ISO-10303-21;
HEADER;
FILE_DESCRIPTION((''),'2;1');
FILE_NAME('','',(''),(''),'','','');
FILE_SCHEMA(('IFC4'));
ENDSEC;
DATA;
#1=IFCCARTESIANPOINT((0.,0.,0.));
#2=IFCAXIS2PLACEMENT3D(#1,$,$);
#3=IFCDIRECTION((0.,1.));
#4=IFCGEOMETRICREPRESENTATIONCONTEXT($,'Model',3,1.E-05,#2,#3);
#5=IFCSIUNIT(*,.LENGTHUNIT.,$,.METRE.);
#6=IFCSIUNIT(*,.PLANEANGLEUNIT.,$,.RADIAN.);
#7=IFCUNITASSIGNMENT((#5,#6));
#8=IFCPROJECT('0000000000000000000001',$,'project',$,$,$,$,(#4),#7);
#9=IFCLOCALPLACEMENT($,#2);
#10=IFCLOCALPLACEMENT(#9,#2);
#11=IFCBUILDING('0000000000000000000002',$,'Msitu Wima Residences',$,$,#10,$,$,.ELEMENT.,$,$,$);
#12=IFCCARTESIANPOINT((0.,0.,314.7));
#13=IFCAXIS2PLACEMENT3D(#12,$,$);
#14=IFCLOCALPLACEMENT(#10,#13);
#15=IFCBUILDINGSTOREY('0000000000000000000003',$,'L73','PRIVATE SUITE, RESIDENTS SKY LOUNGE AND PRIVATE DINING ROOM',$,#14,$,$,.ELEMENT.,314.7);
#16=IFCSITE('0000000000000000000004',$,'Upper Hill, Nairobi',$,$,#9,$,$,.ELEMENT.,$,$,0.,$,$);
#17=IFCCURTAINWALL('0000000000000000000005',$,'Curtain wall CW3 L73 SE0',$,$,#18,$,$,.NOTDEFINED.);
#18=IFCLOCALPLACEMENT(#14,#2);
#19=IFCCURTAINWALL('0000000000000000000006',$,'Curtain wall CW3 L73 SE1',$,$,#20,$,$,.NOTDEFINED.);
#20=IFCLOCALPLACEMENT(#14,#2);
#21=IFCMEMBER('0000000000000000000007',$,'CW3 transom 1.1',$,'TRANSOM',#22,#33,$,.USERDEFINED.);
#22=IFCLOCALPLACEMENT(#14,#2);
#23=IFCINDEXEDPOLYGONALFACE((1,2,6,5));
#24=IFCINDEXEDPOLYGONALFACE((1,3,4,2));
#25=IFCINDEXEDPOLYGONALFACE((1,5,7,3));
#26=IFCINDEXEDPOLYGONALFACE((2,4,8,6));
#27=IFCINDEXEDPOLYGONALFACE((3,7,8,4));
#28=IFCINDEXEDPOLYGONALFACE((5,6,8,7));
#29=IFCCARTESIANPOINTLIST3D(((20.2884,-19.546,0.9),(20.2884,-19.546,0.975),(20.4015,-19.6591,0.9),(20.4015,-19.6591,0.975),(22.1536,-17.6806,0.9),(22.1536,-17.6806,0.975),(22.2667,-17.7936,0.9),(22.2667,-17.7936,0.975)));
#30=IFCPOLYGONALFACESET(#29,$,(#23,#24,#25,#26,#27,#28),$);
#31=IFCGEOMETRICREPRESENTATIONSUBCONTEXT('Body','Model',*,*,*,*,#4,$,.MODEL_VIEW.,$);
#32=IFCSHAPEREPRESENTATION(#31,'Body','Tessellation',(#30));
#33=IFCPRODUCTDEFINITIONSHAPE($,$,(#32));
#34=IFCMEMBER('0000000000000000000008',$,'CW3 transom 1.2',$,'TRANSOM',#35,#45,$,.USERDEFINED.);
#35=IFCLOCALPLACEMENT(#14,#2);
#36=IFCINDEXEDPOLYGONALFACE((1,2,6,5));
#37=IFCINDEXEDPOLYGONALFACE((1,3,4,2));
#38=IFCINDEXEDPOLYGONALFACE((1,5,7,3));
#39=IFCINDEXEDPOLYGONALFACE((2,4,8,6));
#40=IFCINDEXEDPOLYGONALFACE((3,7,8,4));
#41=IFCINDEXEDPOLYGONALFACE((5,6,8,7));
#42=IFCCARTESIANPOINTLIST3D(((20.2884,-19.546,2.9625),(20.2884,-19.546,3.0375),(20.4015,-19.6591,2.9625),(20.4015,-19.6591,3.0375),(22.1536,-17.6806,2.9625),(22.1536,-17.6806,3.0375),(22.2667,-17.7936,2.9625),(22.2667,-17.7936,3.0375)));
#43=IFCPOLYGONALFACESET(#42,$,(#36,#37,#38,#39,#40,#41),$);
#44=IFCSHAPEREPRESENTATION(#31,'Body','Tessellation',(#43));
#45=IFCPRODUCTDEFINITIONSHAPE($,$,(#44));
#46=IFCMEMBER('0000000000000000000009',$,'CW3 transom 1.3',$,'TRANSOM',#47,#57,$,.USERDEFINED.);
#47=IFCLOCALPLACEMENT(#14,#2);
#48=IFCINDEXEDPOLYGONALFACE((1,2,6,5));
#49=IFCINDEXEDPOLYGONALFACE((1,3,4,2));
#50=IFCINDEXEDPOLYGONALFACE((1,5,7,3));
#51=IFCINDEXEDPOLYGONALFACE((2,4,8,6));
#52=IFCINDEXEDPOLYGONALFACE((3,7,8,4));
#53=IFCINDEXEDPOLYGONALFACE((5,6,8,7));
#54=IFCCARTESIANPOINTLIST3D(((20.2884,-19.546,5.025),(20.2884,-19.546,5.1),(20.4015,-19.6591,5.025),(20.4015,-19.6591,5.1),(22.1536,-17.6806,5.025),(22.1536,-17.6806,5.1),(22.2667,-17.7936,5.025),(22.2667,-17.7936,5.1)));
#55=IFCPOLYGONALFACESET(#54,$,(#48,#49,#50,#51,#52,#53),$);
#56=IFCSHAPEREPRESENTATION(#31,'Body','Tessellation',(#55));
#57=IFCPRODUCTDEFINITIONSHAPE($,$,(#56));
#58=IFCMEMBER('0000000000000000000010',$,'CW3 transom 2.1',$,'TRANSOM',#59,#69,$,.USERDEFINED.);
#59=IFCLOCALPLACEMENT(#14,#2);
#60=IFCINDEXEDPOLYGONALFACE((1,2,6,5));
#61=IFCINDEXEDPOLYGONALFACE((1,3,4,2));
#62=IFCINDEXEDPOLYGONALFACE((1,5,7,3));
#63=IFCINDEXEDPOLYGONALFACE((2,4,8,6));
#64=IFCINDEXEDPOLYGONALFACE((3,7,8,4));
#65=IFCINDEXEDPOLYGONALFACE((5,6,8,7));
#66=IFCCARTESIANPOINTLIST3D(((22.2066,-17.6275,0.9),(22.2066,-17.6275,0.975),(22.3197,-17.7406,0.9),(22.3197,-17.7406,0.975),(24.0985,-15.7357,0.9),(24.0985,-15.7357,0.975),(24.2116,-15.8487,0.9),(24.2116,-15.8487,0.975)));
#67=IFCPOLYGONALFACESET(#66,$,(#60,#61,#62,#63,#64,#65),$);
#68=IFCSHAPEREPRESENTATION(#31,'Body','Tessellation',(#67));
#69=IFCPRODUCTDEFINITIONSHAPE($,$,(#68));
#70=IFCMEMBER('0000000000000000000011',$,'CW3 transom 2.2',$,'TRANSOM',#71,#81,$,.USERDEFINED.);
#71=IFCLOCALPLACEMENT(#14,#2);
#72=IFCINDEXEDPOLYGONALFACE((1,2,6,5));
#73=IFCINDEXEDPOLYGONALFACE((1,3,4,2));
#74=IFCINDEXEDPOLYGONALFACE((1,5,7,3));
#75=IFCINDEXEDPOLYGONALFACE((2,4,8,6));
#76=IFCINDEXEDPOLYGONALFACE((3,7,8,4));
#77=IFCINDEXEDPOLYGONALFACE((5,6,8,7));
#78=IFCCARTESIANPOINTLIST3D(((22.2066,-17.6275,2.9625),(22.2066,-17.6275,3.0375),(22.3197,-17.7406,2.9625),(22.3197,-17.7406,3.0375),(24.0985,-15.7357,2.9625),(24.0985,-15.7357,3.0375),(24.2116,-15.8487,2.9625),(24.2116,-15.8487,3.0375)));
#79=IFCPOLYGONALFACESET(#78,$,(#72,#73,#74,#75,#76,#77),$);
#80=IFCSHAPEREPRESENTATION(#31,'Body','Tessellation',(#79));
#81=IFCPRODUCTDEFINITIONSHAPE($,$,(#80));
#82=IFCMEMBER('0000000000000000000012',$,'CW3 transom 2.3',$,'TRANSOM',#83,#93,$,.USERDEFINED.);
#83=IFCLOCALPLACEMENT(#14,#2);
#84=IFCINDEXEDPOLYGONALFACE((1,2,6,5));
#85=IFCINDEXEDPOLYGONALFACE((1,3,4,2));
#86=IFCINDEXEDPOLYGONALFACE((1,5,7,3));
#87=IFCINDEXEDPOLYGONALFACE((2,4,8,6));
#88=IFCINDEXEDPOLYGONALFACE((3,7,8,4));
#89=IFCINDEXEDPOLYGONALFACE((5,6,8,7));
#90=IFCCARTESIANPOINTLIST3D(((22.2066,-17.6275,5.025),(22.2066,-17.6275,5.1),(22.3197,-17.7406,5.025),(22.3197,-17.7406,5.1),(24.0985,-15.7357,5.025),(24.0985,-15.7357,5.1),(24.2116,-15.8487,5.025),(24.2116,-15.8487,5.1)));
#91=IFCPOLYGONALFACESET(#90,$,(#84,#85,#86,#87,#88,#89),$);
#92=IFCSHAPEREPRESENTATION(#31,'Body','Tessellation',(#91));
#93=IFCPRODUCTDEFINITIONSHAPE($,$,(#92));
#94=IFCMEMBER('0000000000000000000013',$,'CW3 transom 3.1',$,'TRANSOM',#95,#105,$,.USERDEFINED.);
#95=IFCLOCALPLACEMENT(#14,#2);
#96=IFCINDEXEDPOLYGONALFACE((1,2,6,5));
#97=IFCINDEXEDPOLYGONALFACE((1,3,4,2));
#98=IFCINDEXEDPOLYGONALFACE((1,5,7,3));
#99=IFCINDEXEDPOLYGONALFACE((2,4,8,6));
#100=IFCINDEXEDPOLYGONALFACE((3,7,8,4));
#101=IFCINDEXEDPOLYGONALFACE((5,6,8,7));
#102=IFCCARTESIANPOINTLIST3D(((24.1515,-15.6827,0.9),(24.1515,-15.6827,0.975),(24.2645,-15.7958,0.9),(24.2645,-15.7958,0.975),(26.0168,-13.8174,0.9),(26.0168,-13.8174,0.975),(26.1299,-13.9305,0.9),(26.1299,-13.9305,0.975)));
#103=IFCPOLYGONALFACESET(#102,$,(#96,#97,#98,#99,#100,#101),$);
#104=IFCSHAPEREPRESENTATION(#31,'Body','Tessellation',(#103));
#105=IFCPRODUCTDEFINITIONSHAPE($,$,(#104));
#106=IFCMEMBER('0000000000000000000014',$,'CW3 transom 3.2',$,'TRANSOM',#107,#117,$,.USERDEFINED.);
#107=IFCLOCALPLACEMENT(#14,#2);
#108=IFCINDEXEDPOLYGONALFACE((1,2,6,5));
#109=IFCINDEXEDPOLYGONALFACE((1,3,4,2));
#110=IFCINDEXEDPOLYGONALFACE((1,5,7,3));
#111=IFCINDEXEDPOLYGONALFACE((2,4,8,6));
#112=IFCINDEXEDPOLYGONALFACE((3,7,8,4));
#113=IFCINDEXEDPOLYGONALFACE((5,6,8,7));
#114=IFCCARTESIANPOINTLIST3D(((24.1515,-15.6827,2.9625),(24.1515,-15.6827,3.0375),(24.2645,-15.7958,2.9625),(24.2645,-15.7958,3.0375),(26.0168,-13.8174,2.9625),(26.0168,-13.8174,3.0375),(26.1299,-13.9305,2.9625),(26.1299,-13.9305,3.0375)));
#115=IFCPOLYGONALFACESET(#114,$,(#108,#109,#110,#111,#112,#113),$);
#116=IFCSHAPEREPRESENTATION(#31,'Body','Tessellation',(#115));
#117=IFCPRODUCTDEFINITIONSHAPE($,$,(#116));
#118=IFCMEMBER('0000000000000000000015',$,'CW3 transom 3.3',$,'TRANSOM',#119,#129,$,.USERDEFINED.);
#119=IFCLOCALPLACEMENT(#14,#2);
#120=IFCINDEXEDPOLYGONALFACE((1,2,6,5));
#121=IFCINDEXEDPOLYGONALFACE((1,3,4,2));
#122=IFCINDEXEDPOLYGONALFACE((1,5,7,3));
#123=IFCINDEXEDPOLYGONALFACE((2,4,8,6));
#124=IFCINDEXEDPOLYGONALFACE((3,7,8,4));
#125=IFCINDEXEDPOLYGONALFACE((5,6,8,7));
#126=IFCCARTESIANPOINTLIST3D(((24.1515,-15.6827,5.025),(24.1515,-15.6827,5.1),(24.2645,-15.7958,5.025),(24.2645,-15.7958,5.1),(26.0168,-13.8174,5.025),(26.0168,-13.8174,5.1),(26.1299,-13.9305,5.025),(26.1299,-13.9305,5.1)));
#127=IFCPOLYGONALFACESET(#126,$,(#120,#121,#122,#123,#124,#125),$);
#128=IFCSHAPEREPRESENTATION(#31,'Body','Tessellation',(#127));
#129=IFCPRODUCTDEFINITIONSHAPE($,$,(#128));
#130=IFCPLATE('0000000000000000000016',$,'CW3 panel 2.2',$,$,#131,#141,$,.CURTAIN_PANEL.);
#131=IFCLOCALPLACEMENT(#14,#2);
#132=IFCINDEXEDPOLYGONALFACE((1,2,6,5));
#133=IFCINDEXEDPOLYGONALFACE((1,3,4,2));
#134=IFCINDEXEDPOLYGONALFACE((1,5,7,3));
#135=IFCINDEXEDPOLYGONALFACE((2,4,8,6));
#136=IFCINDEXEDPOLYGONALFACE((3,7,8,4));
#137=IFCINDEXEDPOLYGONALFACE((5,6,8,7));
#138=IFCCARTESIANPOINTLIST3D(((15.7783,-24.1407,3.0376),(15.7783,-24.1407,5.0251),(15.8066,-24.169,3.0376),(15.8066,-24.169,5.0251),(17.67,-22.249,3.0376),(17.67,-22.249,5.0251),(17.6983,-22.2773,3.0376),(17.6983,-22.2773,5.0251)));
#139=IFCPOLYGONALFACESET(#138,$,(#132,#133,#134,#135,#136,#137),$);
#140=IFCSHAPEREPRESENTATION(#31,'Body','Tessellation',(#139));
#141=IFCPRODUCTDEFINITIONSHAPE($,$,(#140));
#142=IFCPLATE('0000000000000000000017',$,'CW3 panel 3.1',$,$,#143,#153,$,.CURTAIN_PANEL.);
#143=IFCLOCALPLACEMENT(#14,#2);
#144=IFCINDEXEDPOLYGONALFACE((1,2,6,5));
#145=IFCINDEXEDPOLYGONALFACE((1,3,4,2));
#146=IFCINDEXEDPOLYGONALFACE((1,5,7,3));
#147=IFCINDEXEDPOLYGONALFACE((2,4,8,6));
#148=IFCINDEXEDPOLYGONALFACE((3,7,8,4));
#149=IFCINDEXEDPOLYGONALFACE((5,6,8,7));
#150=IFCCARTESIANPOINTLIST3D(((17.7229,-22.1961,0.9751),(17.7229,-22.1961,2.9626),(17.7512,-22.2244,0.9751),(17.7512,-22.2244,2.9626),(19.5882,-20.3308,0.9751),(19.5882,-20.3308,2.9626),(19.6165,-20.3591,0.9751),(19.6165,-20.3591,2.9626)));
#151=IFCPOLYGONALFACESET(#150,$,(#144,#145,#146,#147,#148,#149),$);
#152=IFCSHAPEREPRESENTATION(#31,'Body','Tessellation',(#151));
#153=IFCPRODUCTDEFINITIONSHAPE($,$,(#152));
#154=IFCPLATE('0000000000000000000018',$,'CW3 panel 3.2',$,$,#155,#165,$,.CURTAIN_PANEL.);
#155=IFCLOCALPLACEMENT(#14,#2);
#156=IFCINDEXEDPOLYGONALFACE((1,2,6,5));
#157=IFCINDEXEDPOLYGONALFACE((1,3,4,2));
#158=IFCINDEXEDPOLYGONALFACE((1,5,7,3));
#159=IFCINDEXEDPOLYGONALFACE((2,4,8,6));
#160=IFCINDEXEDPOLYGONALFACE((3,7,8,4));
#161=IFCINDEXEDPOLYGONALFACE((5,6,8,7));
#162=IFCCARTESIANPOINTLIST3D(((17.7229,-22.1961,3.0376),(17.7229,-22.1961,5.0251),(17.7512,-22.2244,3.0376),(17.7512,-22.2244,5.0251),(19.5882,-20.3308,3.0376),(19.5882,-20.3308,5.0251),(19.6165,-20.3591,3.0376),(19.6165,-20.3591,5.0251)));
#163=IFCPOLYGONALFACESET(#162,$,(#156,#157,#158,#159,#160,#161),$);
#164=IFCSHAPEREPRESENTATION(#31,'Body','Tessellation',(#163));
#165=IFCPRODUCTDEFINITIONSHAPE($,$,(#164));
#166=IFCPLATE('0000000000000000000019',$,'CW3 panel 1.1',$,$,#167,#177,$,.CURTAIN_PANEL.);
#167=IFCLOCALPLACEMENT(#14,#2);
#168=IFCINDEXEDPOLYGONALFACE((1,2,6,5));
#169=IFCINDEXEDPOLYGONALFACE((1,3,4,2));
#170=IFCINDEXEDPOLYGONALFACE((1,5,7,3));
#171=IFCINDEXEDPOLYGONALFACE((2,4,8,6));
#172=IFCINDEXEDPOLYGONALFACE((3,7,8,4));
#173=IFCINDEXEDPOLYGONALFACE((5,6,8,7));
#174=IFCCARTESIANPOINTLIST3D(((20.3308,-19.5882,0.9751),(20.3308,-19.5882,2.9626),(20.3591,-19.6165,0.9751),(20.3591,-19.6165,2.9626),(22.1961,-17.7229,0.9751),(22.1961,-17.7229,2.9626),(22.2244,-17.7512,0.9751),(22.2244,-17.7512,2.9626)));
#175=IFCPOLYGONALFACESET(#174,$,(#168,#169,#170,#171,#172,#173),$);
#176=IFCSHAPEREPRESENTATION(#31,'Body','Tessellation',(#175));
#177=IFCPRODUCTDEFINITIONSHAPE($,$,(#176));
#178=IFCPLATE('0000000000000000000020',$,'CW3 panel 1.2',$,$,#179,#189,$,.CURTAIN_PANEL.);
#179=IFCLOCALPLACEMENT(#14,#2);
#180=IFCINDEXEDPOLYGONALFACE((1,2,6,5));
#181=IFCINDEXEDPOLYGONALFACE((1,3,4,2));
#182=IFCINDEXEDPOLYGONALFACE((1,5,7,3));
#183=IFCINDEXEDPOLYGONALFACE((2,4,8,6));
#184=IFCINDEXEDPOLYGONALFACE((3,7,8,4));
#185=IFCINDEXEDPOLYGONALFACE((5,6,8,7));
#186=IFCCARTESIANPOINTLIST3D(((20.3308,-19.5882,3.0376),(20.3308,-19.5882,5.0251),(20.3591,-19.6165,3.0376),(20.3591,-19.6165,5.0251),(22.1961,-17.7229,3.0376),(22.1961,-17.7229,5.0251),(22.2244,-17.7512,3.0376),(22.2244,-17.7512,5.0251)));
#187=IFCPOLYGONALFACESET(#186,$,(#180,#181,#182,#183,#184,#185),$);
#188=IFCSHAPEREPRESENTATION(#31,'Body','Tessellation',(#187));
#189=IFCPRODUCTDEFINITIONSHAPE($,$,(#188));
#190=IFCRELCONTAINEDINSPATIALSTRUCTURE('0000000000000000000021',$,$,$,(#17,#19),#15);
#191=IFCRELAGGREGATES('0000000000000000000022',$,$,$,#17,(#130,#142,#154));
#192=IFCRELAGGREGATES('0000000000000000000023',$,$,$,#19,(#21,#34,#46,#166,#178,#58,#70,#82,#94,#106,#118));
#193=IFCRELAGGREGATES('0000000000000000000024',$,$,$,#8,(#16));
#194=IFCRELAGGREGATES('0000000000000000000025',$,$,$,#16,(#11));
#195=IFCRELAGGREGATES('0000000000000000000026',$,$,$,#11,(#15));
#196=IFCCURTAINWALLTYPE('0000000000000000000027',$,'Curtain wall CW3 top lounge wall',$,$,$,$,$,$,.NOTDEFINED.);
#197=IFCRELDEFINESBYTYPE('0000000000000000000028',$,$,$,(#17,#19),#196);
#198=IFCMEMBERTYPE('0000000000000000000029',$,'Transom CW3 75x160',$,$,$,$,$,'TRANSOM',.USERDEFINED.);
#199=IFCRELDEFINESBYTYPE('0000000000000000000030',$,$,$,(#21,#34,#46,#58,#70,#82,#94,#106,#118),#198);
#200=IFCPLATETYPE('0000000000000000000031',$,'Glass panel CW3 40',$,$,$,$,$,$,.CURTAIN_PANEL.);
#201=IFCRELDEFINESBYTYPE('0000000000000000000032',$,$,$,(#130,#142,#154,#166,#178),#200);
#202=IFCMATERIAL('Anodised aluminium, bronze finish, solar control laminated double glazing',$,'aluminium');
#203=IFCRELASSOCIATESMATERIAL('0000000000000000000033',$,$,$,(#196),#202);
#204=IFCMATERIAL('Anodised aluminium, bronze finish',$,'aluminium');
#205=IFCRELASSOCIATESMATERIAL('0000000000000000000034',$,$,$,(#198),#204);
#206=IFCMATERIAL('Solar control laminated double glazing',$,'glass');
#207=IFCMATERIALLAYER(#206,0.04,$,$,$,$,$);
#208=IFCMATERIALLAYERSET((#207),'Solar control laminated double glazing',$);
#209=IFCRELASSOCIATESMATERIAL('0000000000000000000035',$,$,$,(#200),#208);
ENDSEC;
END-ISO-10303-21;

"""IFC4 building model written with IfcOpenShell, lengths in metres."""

from ifc_helpers import new_model, si_unit, direction, frame, origin, origin_2d, place, context, subcontext, project, spatial, rectangle, extrude, material, layer, layer_set, material_profile, profile_set, type_object, element, aggregate, save


model = new_model("IFC4")

# Units and contexts
model_context = context("Model", 3, precision=1e-05, world=origin(), true_north=direction((0.0, 1.0)))
body_context = subcontext(model_context, "Body", "Model", "MODEL_VIEW")
ifc_project = project(units=[si_unit("LENGTHUNIT", "METRE"), si_unit("PLANEANGLEUNIT", "RADIAN")], contexts=[model_context])

# Site, building, storey
site_placement = place(None, origin())
site = spatial("IfcSite", under=ifc_project, at=site_placement, Name="Upper Hill, Nairobi", CompositionType="ELEMENT", RefElevation=0.0)
building_placement = place(site_placement, origin())
building = spatial("IfcBuilding", under=site, at=building_placement, Name="Msitu Wima Residences", CompositionType="ELEMENT")
storey_placement = place(building_placement, frame((0.0, 0.0, 314.7)))
storey = spatial("IfcBuildingStorey", under=building, at=storey_placement, Name="L73", Description="PRIVATE SUITE, RESIDENTS SKY LOUNGE AND PRIVATE DINING ROOM", CompositionType="ELEMENT", Elevation=314.7)

# Curtain walls
ifc_material_1 = material(Name="Anodised aluminium, bronze finish, solar control laminated double glazing", Category="aluminium")
curtain_wall_type = type_object("IfcCurtainWallType", Name="Curtain wall CW3 top lounge wall", PredefinedType="NOTDEFINED", material=ifc_material_1)
curtain_wall_1_placement = place(storey_placement, origin())
curtain_wall_1 = element("IfcCurtainWall", 1, at=curtain_wall_1_placement, inside=storey, type_object=curtain_wall_type, Name="Curtain wall CW3 L73 SE0", PredefinedType="NOTDEFINED")
ifc_material_2 = material(Name="Anodised aluminium, bronze finish", Category="aluminium")
curtain_wall_2_placement = place(storey_placement, origin())
curtain_wall_2 = element("IfcCurtainWall", 2, at=curtain_wall_2_placement, inside=storey, type_object=curtain_wall_type, Name="Curtain wall CW3 L73 SE1", PredefinedType="NOTDEFINED")

# Members
ifc_material_profile_1 = material_profile(ifc_material_2, rectangle(XDim=0.1599, YDim=0.075, at=origin_2d()), Name="Transom 75x160")
ifc_profile_set_1 = profile_set([ifc_material_profile_1], Name="Anodised aluminium, bronze finish")
member_type_1 = type_object("IfcMemberType", Name="Transom CW3 75x160", ElementType="TRANSOM", PredefinedType="USERDEFINED", material=ifc_profile_set_1)
member_1_placement = place(storey_placement, frame((20.345, -19.6025, 0.9375), z_axis=(0.707061, 0.707153, 0.0), x_axis=(-0.707153, 0.707061, 0.0)))
member_1 = element("IfcMember", 3, at=member_1_placement, type_object=member_type_1, Name="CW3 transom 1.1", ObjectType="TRANSOM", PredefinedType="USERDEFINED", context=body_context, shape_type="SweptSolid", body=[
    extrude(rectangle(XDim=0.1599, YDim=0.075, at=origin_2d()), origin(), (0.0, 0.0, 1.0), 2.6379),
])
member_2_placement = place(storey_placement, frame((20.345, -19.6025, 3.0), z_axis=(0.707061, 0.707153, 0.0), x_axis=(-0.707153, 0.707061, 0.0)))
member_2 = element("IfcMember", 4, at=member_2_placement, type_object=member_type_1, Name="CW3 transom 1.2", ObjectType="TRANSOM", PredefinedType="USERDEFINED", context=body_context, shape_type="SweptSolid", body=[
    extrude(rectangle(XDim=0.1599, YDim=0.075, at=origin_2d()), origin(), (0.0, 0.0, 1.0), 2.6379),
])
member_3_placement = place(storey_placement, frame((20.345, -19.6025, 5.0625), z_axis=(0.707061, 0.707153, 0.0), x_axis=(-0.707153, 0.707061, 0.0)))
member_3 = element("IfcMember", 5, at=member_3_placement, type_object=member_type_1, Name="CW3 transom 1.3", ObjectType="TRANSOM", PredefinedType="USERDEFINED", context=body_context, shape_type="SweptSolid", body=[
    extrude(rectangle(XDim=0.1599, YDim=0.075, at=origin_2d()), origin(), (0.0, 0.0, 1.0), 2.6379),
])
member_4_placement = place(storey_placement, frame((22.2632, -17.6841, 0.9375), z_axis=(0.707107, 0.707107, 0.0), x_axis=(-0.707107, 0.707107, 0.0)))
member_4 = element("IfcMember", 6, at=member_4_placement, type_object=member_type_1, Name="CW3 transom 2.1", ObjectType="TRANSOM", PredefinedType="USERDEFINED", context=body_context, shape_type="SweptSolid", body=[
    extrude(rectangle(XDim=0.1599, YDim=0.075, at=origin_2d()), origin(), (0.0, 0.0, 1.0), 2.6755),
])
member_5_placement = place(storey_placement, frame((22.2632, -17.6841, 3.0), z_axis=(0.707107, 0.707107, 0.0), x_axis=(-0.707107, 0.707107, 0.0)))
member_5 = element("IfcMember", 7, at=member_5_placement, type_object=member_type_1, Name="CW3 transom 2.2", ObjectType="TRANSOM", PredefinedType="USERDEFINED", context=body_context, shape_type="SweptSolid", body=[
    extrude(rectangle(XDim=0.1599, YDim=0.075, at=origin_2d()), origin(), (0.0, 0.0, 1.0), 2.6755),
])
member_6_placement = place(storey_placement, frame((22.2632, -17.6841, 5.0625), z_axis=(0.707107, 0.707107, 0.0), x_axis=(-0.707107, 0.707107, 0.0)))
member_6 = element("IfcMember", 8, at=member_6_placement, type_object=member_type_1, Name="CW3 transom 2.3", ObjectType="TRANSOM", PredefinedType="USERDEFINED", context=body_context, shape_type="SweptSolid", body=[
    extrude(rectangle(XDim=0.1599, YDim=0.075, at=origin_2d()), origin(), (0.0, 0.0, 1.0), 2.6755),
])
member_7_placement = place(storey_placement, frame((24.208, -15.7393, 0.9375), z_axis=(0.707107, 0.707107, 0.0), x_axis=(-0.707107, 0.707107, 0.0)))
member_7 = element("IfcMember", 9, at=member_7_placement, type_object=member_type_1, Name="CW3 transom 3.1", ObjectType="TRANSOM", PredefinedType="USERDEFINED", context=body_context, shape_type="SweptSolid", body=[
    extrude(rectangle(XDim=0.1599, YDim=0.075, at=origin_2d()), origin(), (0.0, 0.0, 1.0), 2.6379),
])
member_8_placement = place(storey_placement, frame((24.208, -15.7393, 3.0), z_axis=(0.707107, 0.707107, 0.0), x_axis=(-0.707107, 0.707107, 0.0)))
member_8 = element("IfcMember", 10, at=member_8_placement, type_object=member_type_1, Name="CW3 transom 3.2", ObjectType="TRANSOM", PredefinedType="USERDEFINED", context=body_context, shape_type="SweptSolid", body=[
    extrude(rectangle(XDim=0.1599, YDim=0.075, at=origin_2d()), origin(), (0.0, 0.0, 1.0), 2.6379),
])
member_9_placement = place(storey_placement, frame((24.208, -15.7393, 5.0625), z_axis=(0.707107, 0.707107, 0.0), x_axis=(-0.707107, 0.707107, 0.0)))
member_9 = element("IfcMember", 11, at=member_9_placement, type_object=member_type_1, Name="CW3 transom 3.3", ObjectType="TRANSOM", PredefinedType="USERDEFINED", context=body_context, shape_type="SweptSolid", body=[
    extrude(rectangle(XDim=0.1599, YDim=0.075, at=origin_2d()), origin(), (0.0, 0.0, 1.0), 2.6379),
])

# Plates
ifc_material_3 = material(Name="Solar control laminated double glazing", Category="glass")
ifc_layer_1 = layer(ifc_material_3, 0.04)
ifc_layer_set_1 = layer_set([ifc_layer_1], Name="Solar control laminated double glazing")
plate_type = type_object("IfcPlateType", Name="Glass panel CW3 40", PredefinedType="CURTAIN_PANEL", material=ifc_layer_set_1)
plate_1_placement = place(storey_placement, frame((16.7383, -23.209, 3.0376), z_axis=(0.0, 0.0, 1.0), x_axis=(0.707107, 0.707107, 0.0)))
plate_1 = element("IfcPlate", 12, at=plate_1_placement, type_object=plate_type, Name="CW3 panel 2.2", PredefinedType="CURTAIN_PANEL", context=body_context, shape_type="SweptSolid", body=[
    extrude(rectangle(XDim=2.6753, YDim=0.04, at=origin_2d()), origin(), (0.0, 0.0, 1.0), 1.9875),
])
plate_2_placement = place(storey_placement, frame((18.6697, -21.2776, 0.9751), z_axis=(0.0, 0.0, 1.0), x_axis=(0.707107, 0.707107, 0.0)))
plate_2 = element("IfcPlate", 13, at=plate_2_placement, type_object=plate_type, Name="CW3 panel 3.1", PredefinedType="CURTAIN_PANEL", context=body_context, shape_type="SweptSolid", body=[
    extrude(rectangle(XDim=2.6379, YDim=0.04, at=origin_2d()), origin(), (0.0, 0.0, 1.0), 1.9875),
])
plate_3_placement = place(storey_placement, frame((18.6697, -21.2776, 3.0376), z_axis=(0.0, 0.0, 1.0), x_axis=(0.707107, 0.707107, 0.0)))
plate_3 = element("IfcPlate", 14, at=plate_3_placement, type_object=plate_type, Name="CW3 panel 3.2", PredefinedType="CURTAIN_PANEL", context=body_context, shape_type="SweptSolid", body=[
    extrude(rectangle(XDim=2.6379, YDim=0.04, at=origin_2d()), origin(), (0.0, 0.0, 1.0), 1.9875),
])
aggregate(curtain_wall_1, [plate_1, plate_2, plate_3])
plate_4_placement = place(storey_placement, frame((21.2776, -18.6697, 0.9751), z_axis=(0.0, 0.0, 1.0), x_axis=(0.707107, 0.707107, 0.0)))
plate_4 = element("IfcPlate", 15, at=plate_4_placement, type_object=plate_type, Name="CW3 panel 1.1", PredefinedType="CURTAIN_PANEL", context=body_context, shape_type="SweptSolid", body=[
    extrude(rectangle(XDim=2.6379, YDim=0.04, at=origin_2d()), origin(), (0.0, 0.0, 1.0), 1.9875),
])
plate_5_placement = place(storey_placement, frame((21.2776, -18.6697, 3.0376), z_axis=(0.0, 0.0, 1.0), x_axis=(0.707107, 0.707107, 0.0)))
plate_5 = element("IfcPlate", 16, at=plate_5_placement, type_object=plate_type, Name="CW3 panel 1.2", PredefinedType="CURTAIN_PANEL", context=body_context, shape_type="SweptSolid", body=[
    extrude(rectangle(XDim=2.6379, YDim=0.04, at=origin_2d()), origin(), (0.0, 0.0, 1.0), 1.9875),
])
aggregate(curtain_wall_2, [member_1, member_2, member_3, plate_4, plate_5, member_4, member_5, member_6, member_7, member_8, member_9])

save(model, "model.ifc")
